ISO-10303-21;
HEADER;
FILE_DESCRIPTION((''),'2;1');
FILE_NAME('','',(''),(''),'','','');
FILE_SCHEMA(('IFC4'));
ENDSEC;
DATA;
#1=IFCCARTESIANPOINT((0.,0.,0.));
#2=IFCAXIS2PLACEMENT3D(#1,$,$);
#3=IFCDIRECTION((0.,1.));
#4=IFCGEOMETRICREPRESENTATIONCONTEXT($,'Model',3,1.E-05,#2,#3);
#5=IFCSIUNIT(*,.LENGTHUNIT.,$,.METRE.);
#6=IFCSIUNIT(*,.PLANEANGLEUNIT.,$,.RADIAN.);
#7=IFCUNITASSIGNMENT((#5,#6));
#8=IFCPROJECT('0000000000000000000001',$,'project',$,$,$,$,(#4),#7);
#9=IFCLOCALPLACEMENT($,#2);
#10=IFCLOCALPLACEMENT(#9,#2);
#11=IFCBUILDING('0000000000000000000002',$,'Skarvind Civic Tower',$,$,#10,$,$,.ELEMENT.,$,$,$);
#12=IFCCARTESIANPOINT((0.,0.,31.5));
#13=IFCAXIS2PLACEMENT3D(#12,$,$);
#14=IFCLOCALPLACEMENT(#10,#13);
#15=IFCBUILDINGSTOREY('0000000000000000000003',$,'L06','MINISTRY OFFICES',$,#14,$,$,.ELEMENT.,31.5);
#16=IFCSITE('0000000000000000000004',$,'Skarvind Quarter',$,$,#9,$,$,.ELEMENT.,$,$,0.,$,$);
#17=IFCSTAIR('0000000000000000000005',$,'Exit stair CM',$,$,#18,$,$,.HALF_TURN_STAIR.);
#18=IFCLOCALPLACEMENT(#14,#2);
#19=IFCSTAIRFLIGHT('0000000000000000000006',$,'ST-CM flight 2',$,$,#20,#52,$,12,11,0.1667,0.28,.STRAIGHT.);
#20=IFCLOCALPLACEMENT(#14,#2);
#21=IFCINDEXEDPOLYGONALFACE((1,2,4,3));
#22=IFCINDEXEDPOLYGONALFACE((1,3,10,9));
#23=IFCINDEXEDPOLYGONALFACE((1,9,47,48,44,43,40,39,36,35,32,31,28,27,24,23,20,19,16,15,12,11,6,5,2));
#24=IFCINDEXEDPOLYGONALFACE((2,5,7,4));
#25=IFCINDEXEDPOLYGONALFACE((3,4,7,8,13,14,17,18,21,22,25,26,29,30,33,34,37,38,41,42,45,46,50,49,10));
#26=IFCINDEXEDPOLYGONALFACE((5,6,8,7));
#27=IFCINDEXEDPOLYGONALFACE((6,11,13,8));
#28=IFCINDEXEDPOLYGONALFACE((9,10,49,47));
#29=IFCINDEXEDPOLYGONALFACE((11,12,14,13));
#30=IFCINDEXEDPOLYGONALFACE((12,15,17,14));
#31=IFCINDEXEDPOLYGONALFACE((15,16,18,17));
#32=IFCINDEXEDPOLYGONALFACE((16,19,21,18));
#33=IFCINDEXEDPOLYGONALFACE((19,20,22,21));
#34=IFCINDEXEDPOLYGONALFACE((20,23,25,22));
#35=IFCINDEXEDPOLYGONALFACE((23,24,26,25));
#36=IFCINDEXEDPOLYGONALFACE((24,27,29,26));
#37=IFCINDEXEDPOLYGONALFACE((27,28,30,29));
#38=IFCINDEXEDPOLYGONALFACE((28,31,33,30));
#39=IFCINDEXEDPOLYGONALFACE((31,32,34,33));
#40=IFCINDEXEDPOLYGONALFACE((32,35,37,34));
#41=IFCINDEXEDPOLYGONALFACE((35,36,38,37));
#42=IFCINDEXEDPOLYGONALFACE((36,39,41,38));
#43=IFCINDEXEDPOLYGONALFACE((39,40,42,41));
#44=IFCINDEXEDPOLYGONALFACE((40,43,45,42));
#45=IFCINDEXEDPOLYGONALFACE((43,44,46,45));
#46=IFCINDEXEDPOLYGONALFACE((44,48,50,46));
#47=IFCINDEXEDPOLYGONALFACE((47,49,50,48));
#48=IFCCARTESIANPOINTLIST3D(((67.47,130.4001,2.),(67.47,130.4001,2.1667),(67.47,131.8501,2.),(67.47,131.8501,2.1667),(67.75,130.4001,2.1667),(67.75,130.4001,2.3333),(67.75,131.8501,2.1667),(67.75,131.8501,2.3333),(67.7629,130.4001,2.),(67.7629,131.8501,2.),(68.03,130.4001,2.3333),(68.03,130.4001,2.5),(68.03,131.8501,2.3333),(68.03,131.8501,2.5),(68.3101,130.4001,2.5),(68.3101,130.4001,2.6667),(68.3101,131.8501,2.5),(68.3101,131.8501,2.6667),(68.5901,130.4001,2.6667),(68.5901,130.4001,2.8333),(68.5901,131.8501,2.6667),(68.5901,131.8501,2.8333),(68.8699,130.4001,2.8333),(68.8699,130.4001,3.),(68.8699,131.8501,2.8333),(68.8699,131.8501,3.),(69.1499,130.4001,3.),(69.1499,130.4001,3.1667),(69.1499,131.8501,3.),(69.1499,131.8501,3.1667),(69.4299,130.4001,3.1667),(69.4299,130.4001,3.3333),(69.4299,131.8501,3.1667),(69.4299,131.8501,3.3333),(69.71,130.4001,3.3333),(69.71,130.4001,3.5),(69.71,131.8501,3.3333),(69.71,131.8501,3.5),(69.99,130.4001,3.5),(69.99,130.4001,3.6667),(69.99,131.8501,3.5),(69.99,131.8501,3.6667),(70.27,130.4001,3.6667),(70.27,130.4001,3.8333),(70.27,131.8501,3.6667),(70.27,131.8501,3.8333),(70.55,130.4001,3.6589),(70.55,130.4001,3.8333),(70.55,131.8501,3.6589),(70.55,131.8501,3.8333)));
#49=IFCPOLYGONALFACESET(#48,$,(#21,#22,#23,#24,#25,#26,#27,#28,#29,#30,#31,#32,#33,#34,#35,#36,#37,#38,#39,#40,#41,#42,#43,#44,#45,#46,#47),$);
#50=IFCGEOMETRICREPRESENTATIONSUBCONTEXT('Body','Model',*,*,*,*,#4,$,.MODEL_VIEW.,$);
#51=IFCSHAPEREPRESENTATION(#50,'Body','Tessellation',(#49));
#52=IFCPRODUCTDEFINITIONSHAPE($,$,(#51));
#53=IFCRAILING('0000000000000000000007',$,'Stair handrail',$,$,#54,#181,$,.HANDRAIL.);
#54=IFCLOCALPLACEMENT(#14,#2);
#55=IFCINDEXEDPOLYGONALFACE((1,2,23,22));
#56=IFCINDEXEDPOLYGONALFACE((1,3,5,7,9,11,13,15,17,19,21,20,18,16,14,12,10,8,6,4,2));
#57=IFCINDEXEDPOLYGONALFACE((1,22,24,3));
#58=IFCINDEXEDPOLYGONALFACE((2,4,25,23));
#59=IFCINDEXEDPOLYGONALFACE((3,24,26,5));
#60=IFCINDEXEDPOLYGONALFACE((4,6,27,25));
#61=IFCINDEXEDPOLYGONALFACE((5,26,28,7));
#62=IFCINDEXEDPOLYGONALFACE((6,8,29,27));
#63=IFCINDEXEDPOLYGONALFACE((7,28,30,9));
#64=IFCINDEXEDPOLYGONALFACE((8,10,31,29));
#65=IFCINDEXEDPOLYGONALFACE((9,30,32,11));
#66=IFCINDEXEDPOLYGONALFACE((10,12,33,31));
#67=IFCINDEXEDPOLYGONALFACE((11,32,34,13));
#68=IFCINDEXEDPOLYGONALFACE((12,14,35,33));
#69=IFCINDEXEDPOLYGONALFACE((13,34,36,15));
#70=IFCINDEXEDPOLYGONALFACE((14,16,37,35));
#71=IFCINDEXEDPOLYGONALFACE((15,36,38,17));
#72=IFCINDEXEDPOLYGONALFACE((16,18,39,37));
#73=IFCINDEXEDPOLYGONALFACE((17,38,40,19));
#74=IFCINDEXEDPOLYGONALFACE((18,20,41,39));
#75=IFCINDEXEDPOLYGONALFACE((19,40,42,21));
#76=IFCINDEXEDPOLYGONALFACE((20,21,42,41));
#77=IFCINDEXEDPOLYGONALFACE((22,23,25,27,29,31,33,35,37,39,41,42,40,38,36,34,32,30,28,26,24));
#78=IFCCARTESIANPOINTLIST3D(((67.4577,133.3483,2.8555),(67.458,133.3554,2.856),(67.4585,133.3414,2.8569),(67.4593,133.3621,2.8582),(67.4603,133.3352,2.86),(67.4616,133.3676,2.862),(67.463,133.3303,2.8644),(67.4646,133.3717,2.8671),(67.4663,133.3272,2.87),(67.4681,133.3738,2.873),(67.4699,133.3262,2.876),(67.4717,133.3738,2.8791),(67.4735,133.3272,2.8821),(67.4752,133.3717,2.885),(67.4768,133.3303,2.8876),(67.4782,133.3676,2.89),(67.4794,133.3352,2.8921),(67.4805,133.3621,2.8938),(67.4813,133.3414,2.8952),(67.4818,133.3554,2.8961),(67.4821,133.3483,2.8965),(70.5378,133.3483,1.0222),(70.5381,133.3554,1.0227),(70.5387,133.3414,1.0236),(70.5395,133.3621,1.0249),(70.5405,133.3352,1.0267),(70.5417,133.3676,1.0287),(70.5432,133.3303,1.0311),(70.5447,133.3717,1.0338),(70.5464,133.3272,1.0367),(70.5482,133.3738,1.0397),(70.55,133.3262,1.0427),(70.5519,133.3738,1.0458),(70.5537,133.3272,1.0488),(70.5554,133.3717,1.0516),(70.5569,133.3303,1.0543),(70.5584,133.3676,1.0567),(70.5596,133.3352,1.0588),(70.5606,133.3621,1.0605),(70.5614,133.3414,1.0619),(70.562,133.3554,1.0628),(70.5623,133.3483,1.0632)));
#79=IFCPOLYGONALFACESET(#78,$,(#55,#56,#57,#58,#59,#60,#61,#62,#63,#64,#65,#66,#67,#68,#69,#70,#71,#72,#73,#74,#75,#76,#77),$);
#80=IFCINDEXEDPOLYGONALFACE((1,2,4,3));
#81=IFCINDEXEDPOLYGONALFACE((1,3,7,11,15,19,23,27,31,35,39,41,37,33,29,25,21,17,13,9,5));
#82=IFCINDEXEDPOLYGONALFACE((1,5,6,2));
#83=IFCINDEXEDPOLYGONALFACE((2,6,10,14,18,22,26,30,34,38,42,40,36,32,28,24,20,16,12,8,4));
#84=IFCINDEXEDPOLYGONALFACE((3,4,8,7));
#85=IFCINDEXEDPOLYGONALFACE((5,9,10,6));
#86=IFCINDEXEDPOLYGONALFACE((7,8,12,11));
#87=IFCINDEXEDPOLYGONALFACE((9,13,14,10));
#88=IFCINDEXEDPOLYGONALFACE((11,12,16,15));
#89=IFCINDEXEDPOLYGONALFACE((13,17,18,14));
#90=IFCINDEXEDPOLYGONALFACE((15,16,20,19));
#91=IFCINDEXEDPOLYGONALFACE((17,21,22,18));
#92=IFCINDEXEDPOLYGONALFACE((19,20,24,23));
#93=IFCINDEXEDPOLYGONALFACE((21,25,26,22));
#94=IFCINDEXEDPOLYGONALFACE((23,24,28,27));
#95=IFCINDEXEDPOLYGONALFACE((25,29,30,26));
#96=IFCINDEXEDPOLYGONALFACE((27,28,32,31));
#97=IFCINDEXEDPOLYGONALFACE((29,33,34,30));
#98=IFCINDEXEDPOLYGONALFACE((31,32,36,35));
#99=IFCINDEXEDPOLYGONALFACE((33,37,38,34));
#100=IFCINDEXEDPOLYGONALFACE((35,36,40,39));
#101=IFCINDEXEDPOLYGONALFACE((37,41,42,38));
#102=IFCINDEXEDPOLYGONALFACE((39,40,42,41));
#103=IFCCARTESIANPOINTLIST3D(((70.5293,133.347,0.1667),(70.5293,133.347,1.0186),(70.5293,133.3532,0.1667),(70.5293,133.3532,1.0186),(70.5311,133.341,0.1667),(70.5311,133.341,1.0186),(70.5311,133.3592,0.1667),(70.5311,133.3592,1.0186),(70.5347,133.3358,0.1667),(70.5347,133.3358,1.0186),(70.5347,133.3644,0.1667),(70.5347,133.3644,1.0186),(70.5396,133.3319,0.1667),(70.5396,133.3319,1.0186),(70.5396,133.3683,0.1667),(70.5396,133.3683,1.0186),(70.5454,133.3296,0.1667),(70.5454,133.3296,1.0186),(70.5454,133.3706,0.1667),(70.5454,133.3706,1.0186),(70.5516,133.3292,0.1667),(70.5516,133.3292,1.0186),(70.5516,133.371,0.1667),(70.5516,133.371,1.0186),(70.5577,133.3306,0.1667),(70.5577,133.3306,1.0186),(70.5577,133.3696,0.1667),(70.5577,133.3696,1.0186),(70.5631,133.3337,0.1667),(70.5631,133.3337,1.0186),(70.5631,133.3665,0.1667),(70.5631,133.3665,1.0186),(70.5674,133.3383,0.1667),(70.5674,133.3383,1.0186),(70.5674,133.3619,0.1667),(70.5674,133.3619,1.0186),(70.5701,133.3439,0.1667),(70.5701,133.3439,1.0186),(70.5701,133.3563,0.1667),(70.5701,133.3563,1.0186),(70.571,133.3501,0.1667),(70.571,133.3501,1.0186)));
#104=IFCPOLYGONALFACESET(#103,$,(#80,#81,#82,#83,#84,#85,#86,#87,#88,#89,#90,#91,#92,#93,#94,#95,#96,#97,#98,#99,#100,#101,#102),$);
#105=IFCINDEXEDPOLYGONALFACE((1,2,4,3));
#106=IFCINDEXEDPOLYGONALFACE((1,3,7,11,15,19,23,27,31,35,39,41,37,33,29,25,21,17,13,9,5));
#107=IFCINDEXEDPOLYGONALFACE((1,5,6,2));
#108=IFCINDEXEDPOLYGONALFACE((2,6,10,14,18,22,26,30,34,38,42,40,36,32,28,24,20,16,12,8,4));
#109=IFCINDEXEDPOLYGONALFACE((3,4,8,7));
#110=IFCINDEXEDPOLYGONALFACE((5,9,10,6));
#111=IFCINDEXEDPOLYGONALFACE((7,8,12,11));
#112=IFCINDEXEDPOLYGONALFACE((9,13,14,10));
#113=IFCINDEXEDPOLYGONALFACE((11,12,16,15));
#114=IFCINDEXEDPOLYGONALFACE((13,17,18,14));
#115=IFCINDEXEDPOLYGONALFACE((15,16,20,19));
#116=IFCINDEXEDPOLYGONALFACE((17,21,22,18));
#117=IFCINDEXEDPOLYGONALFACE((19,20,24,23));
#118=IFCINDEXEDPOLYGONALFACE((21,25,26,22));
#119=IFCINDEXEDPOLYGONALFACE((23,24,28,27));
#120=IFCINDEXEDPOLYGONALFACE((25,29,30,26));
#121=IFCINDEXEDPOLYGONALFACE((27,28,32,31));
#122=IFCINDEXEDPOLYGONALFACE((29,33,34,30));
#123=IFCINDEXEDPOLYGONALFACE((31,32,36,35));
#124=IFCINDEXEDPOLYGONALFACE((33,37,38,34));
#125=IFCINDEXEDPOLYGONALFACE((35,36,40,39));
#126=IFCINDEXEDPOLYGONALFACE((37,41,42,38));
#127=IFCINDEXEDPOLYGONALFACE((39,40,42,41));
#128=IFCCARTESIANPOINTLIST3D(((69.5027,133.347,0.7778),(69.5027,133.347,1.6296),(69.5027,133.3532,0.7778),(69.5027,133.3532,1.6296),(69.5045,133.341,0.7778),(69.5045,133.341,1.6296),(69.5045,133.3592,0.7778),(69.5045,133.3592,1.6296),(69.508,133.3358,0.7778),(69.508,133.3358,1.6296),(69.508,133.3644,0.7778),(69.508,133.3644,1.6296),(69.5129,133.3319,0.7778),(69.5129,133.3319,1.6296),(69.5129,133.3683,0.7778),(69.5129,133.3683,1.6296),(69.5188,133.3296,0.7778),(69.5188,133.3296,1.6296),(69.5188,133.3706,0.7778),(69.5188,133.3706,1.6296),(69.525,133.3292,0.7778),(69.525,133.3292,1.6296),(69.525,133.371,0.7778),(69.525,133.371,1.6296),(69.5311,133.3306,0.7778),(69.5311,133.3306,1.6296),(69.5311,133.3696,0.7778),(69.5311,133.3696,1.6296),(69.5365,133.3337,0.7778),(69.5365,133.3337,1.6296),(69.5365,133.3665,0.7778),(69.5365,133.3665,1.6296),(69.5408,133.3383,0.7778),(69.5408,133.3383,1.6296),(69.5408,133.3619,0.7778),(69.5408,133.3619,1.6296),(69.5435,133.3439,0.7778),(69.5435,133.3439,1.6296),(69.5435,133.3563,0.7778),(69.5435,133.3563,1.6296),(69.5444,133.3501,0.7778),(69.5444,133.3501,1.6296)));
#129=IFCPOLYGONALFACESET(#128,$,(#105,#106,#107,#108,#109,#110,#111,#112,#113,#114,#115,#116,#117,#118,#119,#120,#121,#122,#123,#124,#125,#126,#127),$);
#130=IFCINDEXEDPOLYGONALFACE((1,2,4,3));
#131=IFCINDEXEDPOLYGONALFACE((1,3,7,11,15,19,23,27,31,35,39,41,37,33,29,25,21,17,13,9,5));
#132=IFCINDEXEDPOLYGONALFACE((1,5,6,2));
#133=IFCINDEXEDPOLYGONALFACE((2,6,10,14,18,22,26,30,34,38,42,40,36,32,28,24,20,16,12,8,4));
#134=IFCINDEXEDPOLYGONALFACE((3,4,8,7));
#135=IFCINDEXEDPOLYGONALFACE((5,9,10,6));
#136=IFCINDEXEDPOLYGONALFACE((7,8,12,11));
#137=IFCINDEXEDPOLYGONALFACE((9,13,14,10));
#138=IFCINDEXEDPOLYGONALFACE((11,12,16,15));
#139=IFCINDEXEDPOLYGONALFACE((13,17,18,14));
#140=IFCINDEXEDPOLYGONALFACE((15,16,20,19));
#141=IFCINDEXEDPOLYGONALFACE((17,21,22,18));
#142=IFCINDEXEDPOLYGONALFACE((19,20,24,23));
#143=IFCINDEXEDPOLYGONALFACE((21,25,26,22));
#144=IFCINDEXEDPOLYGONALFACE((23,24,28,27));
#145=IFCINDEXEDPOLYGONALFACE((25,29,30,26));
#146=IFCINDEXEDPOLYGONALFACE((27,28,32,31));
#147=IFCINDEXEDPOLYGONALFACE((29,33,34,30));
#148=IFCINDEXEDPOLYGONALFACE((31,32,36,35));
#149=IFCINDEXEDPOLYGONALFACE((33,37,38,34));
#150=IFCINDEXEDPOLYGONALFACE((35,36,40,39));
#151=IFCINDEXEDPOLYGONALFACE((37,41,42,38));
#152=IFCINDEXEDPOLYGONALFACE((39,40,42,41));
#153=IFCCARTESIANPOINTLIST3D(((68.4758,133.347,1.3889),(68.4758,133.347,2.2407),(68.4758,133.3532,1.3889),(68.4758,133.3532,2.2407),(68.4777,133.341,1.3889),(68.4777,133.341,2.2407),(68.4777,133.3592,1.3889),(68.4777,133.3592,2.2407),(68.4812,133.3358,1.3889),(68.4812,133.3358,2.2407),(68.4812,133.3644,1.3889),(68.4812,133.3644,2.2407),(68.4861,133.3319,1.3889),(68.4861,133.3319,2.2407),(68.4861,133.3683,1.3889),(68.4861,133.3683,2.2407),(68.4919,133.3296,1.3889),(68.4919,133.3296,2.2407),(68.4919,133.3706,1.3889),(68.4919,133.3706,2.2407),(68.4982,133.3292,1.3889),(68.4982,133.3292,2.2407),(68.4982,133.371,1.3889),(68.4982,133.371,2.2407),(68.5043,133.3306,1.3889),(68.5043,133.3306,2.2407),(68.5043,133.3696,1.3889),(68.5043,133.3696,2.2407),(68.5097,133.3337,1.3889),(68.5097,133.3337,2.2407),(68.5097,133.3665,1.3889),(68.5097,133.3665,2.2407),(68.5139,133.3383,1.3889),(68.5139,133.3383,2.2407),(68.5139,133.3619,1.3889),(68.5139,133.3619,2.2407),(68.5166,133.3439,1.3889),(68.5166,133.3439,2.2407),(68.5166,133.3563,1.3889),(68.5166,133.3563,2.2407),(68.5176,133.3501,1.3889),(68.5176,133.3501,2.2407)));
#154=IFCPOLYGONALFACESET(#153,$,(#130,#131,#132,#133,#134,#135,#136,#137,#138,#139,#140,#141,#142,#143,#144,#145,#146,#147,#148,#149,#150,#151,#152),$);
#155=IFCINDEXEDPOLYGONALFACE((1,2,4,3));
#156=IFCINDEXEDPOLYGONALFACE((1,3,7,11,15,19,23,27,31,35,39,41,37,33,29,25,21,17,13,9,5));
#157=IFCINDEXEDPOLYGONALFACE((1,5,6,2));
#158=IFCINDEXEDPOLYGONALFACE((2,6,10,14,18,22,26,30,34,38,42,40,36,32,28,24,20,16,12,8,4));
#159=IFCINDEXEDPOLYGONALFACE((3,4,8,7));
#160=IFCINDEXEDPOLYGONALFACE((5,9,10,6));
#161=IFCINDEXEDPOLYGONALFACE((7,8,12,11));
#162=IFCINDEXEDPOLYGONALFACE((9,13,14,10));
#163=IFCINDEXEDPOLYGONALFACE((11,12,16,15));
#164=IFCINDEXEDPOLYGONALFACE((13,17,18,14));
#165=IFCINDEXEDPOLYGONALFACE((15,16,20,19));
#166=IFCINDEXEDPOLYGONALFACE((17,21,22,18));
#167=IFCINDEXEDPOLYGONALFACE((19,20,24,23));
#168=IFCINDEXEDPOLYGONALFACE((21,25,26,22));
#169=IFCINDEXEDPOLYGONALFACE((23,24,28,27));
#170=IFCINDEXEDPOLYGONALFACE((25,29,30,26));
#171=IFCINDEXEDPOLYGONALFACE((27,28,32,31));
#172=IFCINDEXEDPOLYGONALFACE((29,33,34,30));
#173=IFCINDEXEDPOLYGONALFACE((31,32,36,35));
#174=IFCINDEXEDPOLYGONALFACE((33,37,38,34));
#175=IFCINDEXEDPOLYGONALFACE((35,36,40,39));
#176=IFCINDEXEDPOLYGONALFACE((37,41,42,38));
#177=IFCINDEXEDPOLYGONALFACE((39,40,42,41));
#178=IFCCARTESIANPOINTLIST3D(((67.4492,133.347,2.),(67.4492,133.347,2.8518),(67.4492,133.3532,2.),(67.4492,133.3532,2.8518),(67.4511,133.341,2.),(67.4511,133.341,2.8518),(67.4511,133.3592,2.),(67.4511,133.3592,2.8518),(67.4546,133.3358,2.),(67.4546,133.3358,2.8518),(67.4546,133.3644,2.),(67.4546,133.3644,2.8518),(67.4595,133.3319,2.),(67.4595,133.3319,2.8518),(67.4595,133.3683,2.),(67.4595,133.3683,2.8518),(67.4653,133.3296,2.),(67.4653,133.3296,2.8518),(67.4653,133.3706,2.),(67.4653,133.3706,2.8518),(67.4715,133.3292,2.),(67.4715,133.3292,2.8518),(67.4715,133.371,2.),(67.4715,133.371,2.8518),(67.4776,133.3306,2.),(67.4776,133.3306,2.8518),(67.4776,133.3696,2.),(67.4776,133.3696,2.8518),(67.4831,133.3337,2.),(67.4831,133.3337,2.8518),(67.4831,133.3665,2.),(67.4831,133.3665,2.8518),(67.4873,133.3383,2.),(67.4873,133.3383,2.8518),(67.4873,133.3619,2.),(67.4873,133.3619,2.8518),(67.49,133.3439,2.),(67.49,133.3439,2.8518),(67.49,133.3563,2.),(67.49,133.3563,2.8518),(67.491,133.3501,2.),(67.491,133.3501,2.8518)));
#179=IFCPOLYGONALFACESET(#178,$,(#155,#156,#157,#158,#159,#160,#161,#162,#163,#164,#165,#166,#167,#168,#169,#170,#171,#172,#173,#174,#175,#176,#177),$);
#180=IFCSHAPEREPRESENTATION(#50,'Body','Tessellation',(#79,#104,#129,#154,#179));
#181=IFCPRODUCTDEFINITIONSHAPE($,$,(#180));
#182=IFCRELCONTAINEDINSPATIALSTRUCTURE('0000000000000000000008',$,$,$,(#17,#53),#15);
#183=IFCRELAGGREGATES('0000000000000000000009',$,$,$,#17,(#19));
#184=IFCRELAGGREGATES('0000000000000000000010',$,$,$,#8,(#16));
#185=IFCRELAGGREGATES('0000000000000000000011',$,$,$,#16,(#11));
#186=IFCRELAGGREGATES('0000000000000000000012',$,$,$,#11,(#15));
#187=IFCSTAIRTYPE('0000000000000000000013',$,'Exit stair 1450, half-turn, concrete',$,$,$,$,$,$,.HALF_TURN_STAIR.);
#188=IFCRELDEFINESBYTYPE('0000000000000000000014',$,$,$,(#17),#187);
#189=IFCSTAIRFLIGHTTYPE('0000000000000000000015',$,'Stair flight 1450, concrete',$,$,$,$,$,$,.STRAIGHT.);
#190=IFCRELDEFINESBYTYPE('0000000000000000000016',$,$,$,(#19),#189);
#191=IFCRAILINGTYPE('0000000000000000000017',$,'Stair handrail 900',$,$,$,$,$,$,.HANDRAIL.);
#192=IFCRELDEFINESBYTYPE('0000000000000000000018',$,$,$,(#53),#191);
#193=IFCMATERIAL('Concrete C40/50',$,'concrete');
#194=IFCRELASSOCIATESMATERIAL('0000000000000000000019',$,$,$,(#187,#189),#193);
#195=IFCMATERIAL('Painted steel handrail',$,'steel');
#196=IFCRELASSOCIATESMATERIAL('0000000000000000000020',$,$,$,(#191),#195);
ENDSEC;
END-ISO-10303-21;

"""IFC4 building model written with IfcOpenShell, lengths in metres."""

from ifc_helpers import new_model, si_unit, direction, frame, origin, origin_2d, place, context, subcontext, project, spatial, polyline, circle, outline, extrude, material, type_object, element, aggregate, save


model = new_model("IFC4")

# Units and contexts
model_context = context("Model", 3, precision=1e-05, world=origin(), true_north=direction((0.0, 1.0)))
body_context = subcontext(model_context, "Body", "Model", "MODEL_VIEW")
ifc_project = project(units=[si_unit("LENGTHUNIT", "METRE"), si_unit("PLANEANGLEUNIT", "RADIAN")], contexts=[model_context])

# Site, building, storey
site_placement = place(None, origin())
site = spatial("IfcSite", under=ifc_project, at=site_placement, Name="Skarvind Quarter", CompositionType="ELEMENT", RefElevation=0.0)
building_placement = place(site_placement, origin())
building = spatial("IfcBuilding", under=site, at=building_placement, Name="Skarvind Civic Tower", CompositionType="ELEMENT")
storey_placement = place(building_placement, frame((0.0, 0.0, 31.5)))
storey = spatial("IfcBuildingStorey", under=building, at=storey_placement, Name="L06", Description="MINISTRY OFFICES", CompositionType="ELEMENT", Elevation=31.5)

# Stair, stair flight
ifc_material_1 = material(Name="Concrete C40/50", Category="concrete")
stair_type = type_object("IfcStairType", Name="Exit stair 1450, half-turn, concrete", PredefinedType="HALF_TURN_STAIR", material=ifc_material_1)
stair_placement = place(storey_placement, origin())
stair = element("IfcStair", 1, at=stair_placement, inside=storey, type_object=stair_type, Name="Exit stair CM", PredefinedType="HALF_TURN_STAIR")
stair_flight_type = type_object("IfcStairFlightType", Name="Stair flight 1450, concrete", PredefinedType="STRAIGHT", material=ifc_material_1)
stair_flight_1_placement = place(storey_placement, frame((67.47, 131.125, 2.0), z_axis=(0.0, 0.0, 1.0), x_axis=(1.0, 0.0, 0.0)))
stair_flight_1 = element("IfcStairFlight", 2, at=stair_flight_1_placement, type_object=stair_flight_type, Name="ST-CM flight 2", NumberOfRisers=12, NumberOfTreads=11, PredefinedType="STRAIGHT", RiserHeight=0.1667, TreadLength=0.28, context=body_context, shape_type="SweptSolid", body=[
    extrude(outline(polyline([(0.0, 0.0), (0.0, 0.1667), (0.28, 0.1667), (0.28, 0.3333), (0.5601, 0.3333), (0.5601, 0.5), (0.8401, 0.5), (0.8401, 0.6667), (1.1201, 0.6667), (1.1201, 0.8333), (1.3999, 0.8333), (1.3999, 1.0), (1.6799, 1.0), (1.6799, 1.1667), (1.96, 1.1667), (1.96, 1.3333), (2.24, 1.3333), (2.24, 1.5), (2.52, 1.5), (2.52, 1.6667), (2.8, 1.6667), (2.8, 1.8333), (3.0801, 1.8333), (3.0801, 2.0), (3.0801, 1.6589), (0.293, 0.0), (0.0, 0.0)])), frame((0.0, 0.7251, 0.0), z_axis=(0.0, -1.0, 0.0), x_axis=(1.0, 0.0, 0.0)), (0.0, 0.0, 1.0), 1.45),
])
aggregate(stair, [stair_flight_1])

# Railing
ifc_material_2 = material(Name="Painted steel handrail", Category="steel")
railing_type_1 = type_object("IfcRailingType", Name="Stair handrail 900", PredefinedType="HANDRAIL", material=ifc_material_2)
railing_1_placement = place(storey_placement, frame((70.55, 133.3501, 0.1667)))
element("IfcRailing", 3, at=railing_1_placement, inside=storey, type_object=railing_type_1, Name="Stair handrail", PredefinedType="HANDRAIL", context=body_context, shape_type="SweptSolid", body=[
    extrude(circle(Radius=0.0239, at=origin_2d()), frame((0.0, 0.0, 0.876), z_axis=(-0.859309, 0.0, 0.511458), x_axis=(0.0, -1.0, 0.0)), (0.0, 0.0, 1.0), 3.5845),
    extrude(circle(Radius=0.021, at=origin_2d()), origin(), (0.0, 0.0, 1.0), 0.8518),
    extrude(circle(Radius=0.021, at=origin_2d()), frame((-1.0266, 0.0, 0.6111)), (0.0, 0.0, 1.0), 0.8518),
    extrude(circle(Radius=0.021, at=origin_2d()), frame((-2.0535, 0.0, 1.2222)), (0.0, 0.0, 1.0), 0.8518),
    extrude(circle(Radius=0.021, at=origin_2d()), frame((-3.0801, 0.0, 1.8333)), (0.0, 0.0, 1.0), 0.8518),
])

save(model, "model.ifc")
